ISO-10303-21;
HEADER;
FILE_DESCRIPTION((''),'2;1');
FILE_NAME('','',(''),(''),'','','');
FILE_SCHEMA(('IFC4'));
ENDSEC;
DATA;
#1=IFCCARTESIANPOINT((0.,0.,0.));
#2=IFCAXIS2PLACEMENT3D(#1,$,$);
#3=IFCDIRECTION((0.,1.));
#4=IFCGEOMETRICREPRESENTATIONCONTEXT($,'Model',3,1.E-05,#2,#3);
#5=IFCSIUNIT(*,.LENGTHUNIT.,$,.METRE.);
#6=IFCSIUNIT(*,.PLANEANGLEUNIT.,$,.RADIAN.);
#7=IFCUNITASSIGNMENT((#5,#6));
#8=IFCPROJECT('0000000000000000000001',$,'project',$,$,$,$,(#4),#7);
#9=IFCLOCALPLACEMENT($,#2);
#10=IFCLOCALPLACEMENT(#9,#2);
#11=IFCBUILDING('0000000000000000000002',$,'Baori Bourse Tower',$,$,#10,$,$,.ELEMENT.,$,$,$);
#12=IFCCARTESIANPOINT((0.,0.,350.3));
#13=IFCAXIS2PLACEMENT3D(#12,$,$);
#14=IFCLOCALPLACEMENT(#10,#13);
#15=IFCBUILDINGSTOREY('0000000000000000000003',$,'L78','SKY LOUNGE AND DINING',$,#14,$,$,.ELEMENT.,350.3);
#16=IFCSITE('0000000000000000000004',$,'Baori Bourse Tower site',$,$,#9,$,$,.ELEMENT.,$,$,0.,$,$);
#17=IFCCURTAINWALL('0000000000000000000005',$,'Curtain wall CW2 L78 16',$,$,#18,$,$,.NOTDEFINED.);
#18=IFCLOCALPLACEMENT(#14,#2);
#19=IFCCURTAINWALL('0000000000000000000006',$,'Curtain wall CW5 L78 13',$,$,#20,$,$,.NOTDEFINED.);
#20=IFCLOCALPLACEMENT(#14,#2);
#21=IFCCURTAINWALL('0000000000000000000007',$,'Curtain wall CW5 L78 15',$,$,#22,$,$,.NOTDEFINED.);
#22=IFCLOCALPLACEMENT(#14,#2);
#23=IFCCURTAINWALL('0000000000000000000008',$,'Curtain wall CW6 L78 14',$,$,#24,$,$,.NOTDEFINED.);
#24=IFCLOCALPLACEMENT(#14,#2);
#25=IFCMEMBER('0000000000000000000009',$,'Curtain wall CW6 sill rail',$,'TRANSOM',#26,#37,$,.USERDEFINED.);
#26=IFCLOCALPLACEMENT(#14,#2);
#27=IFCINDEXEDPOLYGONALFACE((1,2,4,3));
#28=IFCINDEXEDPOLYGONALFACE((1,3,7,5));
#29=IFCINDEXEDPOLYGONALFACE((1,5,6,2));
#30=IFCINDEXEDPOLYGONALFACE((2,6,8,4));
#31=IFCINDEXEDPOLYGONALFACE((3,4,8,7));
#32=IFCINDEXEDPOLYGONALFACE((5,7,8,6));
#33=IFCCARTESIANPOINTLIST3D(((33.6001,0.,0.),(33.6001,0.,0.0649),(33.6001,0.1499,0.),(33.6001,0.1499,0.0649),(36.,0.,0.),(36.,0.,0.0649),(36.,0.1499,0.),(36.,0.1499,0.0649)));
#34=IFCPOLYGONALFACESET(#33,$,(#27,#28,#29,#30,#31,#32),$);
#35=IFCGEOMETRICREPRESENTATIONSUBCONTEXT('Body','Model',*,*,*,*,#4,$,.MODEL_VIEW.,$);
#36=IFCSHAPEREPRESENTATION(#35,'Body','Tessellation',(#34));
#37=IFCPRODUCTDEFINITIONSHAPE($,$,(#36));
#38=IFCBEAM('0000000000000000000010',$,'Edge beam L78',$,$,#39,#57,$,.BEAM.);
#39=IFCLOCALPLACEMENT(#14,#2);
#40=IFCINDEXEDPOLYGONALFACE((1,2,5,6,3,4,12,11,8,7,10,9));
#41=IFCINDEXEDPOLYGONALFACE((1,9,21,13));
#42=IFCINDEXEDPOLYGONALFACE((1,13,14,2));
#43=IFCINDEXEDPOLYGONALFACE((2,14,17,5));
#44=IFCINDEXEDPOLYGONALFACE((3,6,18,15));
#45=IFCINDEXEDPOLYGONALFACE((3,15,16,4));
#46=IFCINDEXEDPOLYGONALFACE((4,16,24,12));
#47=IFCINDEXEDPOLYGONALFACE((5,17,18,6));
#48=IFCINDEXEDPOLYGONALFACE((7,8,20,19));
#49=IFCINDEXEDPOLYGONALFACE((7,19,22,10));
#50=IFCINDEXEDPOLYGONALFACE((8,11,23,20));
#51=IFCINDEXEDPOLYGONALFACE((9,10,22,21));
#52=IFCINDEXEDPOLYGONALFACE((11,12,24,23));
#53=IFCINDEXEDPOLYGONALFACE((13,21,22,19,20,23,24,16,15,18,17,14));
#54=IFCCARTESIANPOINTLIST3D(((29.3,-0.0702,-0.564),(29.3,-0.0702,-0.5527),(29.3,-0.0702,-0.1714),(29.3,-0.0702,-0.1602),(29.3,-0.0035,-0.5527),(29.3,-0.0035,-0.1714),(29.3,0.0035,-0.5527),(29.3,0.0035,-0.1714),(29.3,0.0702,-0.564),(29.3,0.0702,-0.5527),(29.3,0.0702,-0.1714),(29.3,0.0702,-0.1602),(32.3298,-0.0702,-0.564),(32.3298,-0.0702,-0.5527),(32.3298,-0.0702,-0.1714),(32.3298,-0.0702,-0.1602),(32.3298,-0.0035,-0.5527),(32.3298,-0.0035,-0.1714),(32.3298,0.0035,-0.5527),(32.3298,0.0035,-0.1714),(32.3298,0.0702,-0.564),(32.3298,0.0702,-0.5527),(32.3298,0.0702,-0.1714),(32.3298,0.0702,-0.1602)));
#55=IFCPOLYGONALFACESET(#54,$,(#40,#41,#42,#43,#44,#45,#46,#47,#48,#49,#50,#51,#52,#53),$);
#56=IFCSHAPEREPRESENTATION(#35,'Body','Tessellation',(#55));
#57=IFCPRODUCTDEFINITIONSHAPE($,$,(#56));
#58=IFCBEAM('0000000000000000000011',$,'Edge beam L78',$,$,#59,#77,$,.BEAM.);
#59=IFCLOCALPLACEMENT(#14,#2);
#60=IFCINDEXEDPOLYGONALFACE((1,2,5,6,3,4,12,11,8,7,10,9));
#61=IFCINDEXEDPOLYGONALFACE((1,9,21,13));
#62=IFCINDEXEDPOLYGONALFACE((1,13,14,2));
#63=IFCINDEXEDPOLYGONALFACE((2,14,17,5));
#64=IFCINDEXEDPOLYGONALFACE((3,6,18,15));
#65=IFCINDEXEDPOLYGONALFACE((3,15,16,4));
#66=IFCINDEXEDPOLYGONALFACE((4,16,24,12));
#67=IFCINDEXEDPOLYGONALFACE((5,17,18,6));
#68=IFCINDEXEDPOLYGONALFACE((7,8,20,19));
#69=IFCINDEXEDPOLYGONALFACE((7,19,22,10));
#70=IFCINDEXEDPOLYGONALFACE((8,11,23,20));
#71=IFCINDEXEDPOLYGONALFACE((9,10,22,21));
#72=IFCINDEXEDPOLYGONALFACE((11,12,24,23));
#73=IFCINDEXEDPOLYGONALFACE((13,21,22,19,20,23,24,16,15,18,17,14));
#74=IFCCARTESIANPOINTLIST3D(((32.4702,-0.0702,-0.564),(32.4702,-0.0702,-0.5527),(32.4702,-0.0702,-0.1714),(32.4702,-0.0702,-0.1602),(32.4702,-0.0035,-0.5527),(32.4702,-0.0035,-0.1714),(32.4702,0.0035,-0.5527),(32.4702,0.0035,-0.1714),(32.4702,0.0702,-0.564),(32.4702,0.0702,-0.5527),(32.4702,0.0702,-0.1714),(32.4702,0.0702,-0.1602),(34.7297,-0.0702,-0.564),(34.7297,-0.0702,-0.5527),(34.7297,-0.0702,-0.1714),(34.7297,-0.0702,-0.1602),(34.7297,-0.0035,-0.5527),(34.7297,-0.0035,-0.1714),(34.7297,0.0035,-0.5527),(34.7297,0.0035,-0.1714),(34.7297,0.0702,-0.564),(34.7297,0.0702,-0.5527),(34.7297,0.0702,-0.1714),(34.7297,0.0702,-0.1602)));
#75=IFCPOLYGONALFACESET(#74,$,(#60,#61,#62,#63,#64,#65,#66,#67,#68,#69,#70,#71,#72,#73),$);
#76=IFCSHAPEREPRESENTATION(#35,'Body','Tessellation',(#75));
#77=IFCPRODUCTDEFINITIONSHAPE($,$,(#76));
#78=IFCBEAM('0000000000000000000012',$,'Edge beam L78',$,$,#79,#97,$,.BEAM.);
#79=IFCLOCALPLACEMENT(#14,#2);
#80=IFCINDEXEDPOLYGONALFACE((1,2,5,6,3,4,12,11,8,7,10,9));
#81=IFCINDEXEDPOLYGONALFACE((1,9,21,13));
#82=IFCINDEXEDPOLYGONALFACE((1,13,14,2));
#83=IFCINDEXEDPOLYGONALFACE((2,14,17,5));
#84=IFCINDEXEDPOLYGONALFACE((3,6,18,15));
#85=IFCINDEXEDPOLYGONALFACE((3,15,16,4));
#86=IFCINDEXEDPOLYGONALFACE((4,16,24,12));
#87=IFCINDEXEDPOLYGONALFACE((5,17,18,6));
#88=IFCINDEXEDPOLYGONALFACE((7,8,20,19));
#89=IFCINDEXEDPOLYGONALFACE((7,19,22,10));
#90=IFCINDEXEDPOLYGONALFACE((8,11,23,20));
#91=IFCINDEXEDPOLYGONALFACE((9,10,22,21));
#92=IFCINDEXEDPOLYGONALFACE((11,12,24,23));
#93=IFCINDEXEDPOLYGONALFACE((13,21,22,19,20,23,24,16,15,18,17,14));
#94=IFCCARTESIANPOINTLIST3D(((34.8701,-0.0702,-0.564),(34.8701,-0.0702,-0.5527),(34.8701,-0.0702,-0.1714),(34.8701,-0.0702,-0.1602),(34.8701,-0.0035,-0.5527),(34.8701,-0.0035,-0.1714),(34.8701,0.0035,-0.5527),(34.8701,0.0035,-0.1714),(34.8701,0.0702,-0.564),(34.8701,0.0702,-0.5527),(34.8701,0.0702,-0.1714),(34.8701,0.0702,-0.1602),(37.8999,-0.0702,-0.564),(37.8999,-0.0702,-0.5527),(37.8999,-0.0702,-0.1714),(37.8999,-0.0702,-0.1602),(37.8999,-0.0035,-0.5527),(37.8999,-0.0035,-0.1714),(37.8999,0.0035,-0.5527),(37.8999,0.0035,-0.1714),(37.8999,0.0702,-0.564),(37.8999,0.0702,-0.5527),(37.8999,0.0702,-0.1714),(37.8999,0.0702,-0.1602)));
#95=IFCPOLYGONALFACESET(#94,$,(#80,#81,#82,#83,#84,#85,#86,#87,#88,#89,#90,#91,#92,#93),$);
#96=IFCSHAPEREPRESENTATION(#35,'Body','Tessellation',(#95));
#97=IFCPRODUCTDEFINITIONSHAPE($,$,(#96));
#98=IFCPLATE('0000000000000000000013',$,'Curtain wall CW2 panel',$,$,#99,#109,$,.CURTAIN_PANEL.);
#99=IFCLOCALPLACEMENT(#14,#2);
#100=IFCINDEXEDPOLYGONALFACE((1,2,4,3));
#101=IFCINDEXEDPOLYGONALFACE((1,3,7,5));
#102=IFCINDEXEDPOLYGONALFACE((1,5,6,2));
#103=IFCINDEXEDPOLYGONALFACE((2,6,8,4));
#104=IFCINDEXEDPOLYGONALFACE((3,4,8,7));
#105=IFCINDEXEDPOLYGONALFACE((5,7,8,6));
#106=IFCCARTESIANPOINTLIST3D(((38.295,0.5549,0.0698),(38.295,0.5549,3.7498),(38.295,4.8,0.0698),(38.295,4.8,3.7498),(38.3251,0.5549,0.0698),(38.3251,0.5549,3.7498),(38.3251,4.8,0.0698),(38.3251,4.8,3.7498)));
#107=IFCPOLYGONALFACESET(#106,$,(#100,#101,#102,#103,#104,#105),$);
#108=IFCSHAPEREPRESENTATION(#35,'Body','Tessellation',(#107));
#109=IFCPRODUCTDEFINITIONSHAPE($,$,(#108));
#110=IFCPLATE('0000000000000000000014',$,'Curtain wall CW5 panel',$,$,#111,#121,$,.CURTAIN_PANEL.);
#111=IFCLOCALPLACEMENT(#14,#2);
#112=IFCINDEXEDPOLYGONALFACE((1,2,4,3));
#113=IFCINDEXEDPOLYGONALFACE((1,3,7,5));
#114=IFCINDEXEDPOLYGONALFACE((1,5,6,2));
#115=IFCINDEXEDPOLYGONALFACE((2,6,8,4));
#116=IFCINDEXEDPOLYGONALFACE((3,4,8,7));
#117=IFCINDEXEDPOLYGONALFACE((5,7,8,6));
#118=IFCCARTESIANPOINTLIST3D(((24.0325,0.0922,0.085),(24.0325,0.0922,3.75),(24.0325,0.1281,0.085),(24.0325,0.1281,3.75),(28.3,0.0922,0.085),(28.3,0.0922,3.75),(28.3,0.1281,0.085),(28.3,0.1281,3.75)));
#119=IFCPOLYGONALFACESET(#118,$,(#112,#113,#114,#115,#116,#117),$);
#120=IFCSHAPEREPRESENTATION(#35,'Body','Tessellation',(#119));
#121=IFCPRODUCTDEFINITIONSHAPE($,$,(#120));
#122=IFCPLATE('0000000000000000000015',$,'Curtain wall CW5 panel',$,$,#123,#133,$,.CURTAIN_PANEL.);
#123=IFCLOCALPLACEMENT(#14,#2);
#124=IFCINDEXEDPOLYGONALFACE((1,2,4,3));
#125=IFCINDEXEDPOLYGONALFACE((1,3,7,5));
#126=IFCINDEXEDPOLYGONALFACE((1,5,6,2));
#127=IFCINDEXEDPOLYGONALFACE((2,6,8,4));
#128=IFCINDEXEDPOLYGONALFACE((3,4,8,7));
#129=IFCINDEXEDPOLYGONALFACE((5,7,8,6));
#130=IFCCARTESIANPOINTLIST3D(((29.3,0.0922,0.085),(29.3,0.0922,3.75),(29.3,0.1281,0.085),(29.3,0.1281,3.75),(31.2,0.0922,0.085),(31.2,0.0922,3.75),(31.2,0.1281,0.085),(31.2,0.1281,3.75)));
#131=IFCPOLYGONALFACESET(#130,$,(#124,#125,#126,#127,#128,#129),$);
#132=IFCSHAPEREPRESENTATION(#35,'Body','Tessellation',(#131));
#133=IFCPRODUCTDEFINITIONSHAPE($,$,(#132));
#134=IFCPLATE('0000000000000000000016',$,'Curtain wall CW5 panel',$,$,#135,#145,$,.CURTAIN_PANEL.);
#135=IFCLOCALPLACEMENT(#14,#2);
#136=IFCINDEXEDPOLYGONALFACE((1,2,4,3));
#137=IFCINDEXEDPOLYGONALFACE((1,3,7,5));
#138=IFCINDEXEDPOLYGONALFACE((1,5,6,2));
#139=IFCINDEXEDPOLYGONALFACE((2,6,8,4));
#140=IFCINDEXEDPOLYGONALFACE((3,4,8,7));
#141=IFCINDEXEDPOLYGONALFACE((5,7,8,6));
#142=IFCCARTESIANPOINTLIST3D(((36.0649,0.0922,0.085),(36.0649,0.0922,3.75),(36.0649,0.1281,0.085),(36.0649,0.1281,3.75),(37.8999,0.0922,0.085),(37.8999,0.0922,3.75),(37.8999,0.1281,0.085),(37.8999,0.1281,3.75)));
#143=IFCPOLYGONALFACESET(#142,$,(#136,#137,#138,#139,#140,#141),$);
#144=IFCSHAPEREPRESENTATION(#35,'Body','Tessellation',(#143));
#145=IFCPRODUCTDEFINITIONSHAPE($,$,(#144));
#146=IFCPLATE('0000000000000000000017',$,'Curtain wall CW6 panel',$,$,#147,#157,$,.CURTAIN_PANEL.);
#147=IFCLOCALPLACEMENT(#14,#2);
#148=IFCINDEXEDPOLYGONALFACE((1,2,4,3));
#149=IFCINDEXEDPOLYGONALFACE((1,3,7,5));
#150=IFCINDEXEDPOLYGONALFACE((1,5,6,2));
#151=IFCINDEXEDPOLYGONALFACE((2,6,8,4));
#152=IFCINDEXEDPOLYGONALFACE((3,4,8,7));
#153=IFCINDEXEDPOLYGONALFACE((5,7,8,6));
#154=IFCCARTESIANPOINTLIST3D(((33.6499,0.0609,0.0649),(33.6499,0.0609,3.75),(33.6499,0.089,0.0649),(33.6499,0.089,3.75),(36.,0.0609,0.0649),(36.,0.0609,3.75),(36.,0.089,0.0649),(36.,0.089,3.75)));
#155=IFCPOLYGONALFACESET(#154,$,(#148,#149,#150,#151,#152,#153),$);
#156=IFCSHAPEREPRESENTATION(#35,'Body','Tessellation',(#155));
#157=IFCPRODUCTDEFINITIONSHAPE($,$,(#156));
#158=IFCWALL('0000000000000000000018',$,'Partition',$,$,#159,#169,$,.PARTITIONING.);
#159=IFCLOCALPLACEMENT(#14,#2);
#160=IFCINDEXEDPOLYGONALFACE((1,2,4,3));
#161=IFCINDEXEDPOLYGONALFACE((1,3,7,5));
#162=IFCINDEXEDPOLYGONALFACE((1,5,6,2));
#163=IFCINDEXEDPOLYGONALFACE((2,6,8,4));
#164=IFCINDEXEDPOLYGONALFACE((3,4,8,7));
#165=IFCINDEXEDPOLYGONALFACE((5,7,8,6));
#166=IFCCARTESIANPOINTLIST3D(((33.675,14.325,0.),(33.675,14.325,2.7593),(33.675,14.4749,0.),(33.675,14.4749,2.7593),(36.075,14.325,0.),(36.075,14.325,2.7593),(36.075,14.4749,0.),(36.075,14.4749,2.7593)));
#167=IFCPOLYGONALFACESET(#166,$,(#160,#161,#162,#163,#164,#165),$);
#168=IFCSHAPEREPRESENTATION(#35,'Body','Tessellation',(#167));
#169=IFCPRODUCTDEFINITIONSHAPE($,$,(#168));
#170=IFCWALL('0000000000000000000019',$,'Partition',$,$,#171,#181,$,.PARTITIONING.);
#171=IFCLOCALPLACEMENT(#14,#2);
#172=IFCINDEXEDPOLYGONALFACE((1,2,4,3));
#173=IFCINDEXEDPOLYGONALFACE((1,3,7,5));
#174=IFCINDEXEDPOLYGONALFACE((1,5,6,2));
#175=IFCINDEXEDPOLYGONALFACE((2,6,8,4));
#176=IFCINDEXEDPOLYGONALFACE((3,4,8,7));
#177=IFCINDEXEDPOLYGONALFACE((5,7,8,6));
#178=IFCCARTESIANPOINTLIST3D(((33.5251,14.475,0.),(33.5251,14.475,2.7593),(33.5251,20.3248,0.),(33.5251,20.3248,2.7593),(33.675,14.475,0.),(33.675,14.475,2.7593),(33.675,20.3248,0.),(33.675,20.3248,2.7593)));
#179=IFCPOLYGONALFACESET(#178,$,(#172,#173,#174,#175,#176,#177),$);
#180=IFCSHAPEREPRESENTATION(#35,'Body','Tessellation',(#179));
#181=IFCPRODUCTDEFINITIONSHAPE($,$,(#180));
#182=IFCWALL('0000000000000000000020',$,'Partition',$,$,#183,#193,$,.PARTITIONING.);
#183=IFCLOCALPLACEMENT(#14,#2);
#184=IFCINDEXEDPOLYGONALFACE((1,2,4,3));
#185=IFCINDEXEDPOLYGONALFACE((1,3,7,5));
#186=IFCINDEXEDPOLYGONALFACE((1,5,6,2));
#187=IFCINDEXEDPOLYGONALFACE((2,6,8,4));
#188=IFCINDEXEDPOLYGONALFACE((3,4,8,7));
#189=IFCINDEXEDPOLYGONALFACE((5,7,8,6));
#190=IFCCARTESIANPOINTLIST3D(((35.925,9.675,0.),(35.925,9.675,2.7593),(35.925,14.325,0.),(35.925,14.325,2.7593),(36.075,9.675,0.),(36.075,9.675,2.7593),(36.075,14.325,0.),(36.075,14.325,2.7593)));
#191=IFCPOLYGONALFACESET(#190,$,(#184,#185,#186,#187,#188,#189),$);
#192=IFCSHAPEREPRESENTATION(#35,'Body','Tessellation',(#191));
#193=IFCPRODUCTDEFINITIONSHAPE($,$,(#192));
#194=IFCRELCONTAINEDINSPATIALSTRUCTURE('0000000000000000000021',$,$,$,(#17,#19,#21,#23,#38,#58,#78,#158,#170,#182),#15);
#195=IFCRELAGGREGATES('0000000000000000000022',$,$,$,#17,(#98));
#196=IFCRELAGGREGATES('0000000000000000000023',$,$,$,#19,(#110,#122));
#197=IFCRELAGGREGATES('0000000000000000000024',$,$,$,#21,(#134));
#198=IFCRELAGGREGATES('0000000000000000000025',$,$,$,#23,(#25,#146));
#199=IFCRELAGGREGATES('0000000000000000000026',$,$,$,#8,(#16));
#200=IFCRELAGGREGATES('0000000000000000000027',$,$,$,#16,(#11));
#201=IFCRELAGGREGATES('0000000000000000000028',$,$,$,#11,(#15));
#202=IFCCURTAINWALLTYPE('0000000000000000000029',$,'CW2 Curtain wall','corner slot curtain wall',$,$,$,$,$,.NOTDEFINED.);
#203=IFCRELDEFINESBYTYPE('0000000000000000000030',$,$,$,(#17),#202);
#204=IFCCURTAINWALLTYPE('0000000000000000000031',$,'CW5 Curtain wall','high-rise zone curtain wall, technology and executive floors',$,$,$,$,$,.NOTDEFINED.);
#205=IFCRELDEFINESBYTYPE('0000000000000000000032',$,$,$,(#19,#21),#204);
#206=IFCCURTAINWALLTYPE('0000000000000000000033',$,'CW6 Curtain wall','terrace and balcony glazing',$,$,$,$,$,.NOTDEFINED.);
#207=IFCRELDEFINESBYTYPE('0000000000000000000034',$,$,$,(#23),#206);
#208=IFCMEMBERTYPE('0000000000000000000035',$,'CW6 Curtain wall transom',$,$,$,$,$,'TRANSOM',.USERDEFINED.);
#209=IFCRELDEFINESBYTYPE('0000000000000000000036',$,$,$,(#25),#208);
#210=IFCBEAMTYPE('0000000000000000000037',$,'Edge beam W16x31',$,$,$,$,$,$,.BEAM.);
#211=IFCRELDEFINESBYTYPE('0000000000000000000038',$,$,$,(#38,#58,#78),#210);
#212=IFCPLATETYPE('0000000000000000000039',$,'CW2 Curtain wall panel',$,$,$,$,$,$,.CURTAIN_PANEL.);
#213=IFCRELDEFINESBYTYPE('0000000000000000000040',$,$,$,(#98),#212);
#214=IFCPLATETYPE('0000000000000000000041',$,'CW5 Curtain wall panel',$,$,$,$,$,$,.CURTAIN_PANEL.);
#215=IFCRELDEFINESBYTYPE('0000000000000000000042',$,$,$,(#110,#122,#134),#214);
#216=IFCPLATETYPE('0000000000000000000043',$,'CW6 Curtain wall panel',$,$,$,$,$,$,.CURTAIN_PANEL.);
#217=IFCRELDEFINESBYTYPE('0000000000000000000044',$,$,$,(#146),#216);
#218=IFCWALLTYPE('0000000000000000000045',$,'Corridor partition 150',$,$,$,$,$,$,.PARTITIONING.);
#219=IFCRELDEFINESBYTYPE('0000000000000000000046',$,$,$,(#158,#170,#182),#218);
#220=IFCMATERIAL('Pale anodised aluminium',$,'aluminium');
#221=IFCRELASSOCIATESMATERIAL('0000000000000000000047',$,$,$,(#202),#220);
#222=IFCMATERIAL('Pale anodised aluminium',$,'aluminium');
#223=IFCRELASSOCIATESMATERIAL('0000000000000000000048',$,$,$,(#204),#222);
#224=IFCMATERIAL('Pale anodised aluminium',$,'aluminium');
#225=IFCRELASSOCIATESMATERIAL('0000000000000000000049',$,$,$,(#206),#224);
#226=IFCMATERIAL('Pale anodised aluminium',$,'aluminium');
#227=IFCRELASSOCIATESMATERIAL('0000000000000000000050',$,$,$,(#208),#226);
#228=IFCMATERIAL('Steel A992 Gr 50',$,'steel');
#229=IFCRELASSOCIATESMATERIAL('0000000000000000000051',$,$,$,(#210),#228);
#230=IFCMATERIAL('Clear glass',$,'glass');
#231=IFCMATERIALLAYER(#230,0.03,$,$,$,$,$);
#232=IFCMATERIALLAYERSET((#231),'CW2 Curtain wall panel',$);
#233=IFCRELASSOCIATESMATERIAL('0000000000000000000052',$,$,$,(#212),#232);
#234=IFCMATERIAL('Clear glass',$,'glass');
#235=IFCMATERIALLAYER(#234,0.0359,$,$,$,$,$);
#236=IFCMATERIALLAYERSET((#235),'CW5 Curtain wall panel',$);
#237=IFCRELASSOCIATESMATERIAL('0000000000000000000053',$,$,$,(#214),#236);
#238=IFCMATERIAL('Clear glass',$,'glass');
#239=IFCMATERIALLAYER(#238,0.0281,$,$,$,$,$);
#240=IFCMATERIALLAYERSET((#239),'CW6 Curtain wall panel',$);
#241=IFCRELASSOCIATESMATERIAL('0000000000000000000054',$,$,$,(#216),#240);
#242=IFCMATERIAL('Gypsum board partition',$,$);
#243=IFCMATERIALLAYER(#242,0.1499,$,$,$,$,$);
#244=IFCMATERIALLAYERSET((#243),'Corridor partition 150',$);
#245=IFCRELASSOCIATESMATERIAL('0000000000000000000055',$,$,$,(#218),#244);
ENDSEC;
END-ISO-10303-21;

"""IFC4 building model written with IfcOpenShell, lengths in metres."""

from ifc_helpers import new_model, si_unit, direction, frame, frame_2d, origin, origin_2d, place, context, subcontext, project, spatial, rectangle, i_section, extrude, material, layer, layer_set, material_profile, profile_set, type_object, element, aggregate, save


model = new_model("IFC4")

# Units and contexts
model_context = context("Model", 3, precision=1e-05, world=origin(), true_north=direction((0.0, 1.0)))
body_context = subcontext(model_context, "Body", "Model", "MODEL_VIEW")
ifc_project = project(units=[si_unit("LENGTHUNIT", "METRE"), si_unit("PLANEANGLEUNIT", "RADIAN")], contexts=[model_context])

# Site, building, storey
site_placement = place(None, origin())
site = spatial("IfcSite", under=ifc_project, at=site_placement, Name="Baori Bourse Tower site", CompositionType="ELEMENT", RefElevation=0.0)
building_placement = place(site_placement, origin())
building = spatial("IfcBuilding", under=site, at=building_placement, Name="Baori Bourse Tower", CompositionType="ELEMENT")
storey_placement = place(building_placement, frame((0.0, 0.0, 350.3)))
storey = spatial("IfcBuildingStorey", under=building, at=storey_placement, Name="L78", Description="SKY LOUNGE AND DINING", CompositionType="ELEMENT", Elevation=350.3)

# Curtain wall
ifc_material_1 = material(Name="Pale anodised aluminium", Category="aluminium")
curtain_wall_type_1 = type_object("IfcCurtainWallType", Name="CW2 Curtain wall", Description="corner slot curtain wall", PredefinedType="NOTDEFINED", material=ifc_material_1)
curtain_wall_1_placement = place(storey_placement, origin())
curtain_wall_1 = element("IfcCurtainWall", 1, at=curtain_wall_1_placement, inside=storey, type_object=curtain_wall_type_1, Name="Curtain wall CW2 L78 16", PredefinedType="NOTDEFINED")

# Curtain walls
ifc_material_2 = material(Name="Pale anodised aluminium", Category="aluminium")
curtain_wall_type_2 = type_object("IfcCurtainWallType", Name="CW5 Curtain wall", Description="high-rise zone curtain wall, technology and executive floors", PredefinedType="NOTDEFINED", material=ifc_material_2)
curtain_wall_2_placement = place(storey_placement, origin())
curtain_wall_2 = element("IfcCurtainWall", 2, at=curtain_wall_2_placement, inside=storey, type_object=curtain_wall_type_2, Name="Curtain wall CW5 L78 13", PredefinedType="NOTDEFINED")
curtain_wall_3_placement = place(storey_placement, origin())
curtain_wall_3 = element("IfcCurtainWall", 3, at=curtain_wall_3_placement, inside=storey, type_object=curtain_wall_type_2, Name="Curtain wall CW5 L78 15", PredefinedType="NOTDEFINED")

# Curtain wall, member
ifc_material_3 = material(Name="Pale anodised aluminium", Category="aluminium")
curtain_wall_type_3 = type_object("IfcCurtainWallType", Name="CW6 Curtain wall", Description="terrace and balcony glazing", PredefinedType="NOTDEFINED", material=ifc_material_3)
curtain_wall_4_placement = place(storey_placement, origin())
curtain_wall_4 = element("IfcCurtainWall", 4, at=curtain_wall_4_placement, inside=storey, type_object=curtain_wall_type_3, Name="Curtain wall CW6 L78 14", PredefinedType="NOTDEFINED")
ifc_material_4 = material(Name="Pale anodised aluminium", Category="aluminium")
ifc_material_profile_1 = material_profile(ifc_material_4, rectangle(XDim=0.1499, YDim=0.0649, at=origin_2d()), Name="Transom 65x150")
ifc_profile_set_1 = profile_set([ifc_material_profile_1], Name="Pale anodised aluminium")
member_type_1 = type_object("IfcMemberType", Name="CW6 Curtain wall transom", ElementType="TRANSOM", PredefinedType="USERDEFINED", material=ifc_profile_set_1)
member_1_placement = place(storey_placement, frame((33.6001, 0.075, 0.0325), z_axis=(1.0, 0.0, 0.0), x_axis=(0.0, 1.0, 0.0)))
member_1 = element("IfcMember", 5, at=member_1_placement, type_object=member_type_1, Name="Curtain wall CW6 sill rail", ObjectType="TRANSOM", PredefinedType="USERDEFINED", context=body_context, shape_type="SweptSolid", body=[
    extrude(rectangle(XDim=0.1499, YDim=0.0649, at=origin_2d()), origin(), (0.0, 0.0, 1.0), 2.3999),
])

# Beams
ifc_material_5 = material(Name="Steel A992 Gr 50", Category="steel")
ifc_material_profile_2 = material_profile(ifc_material_5, i_section(OverallWidth=0.1404, OverallDepth=0.4038, WebThickness=0.0071, FlangeThickness=0.0112, at=origin_2d()), Name="W16x31")
ifc_profile_set_2 = profile_set([ifc_material_profile_2], Name="Steel A992 Gr 50")
beam_type_1 = type_object("IfcBeamType", Name="Edge beam W16x31", PredefinedType="BEAM", material=ifc_profile_set_2)
beam_1_placement = place(storey_placement, frame((29.3, 0.0, -0.3621), z_axis=(1.0, 0.0, 0.0), x_axis=(0.0, 1.0, 0.0)))
element("IfcBeam", 6, at=beam_1_placement, inside=storey, type_object=beam_type_1, Name="Edge beam L78", PredefinedType="BEAM", context=body_context, shape_type="SweptSolid", body=[
    extrude(i_section(OverallWidth=0.1404, OverallDepth=0.4038, WebThickness=0.0071, FlangeThickness=0.0112, at=origin_2d()), origin(), (0.0, 0.0, 1.0), 3.0298),
])
beam_2_placement = place(storey_placement, frame((32.4702, 0.0, -0.3621), z_axis=(1.0, 0.0, 0.0), x_axis=(0.0, 1.0, 0.0)))
element("IfcBeam", 7, at=beam_2_placement, inside=storey, type_object=beam_type_1, Name="Edge beam L78", PredefinedType="BEAM", context=body_context, shape_type="SweptSolid", body=[
    extrude(i_section(OverallWidth=0.1404, OverallDepth=0.4038, WebThickness=0.0071, FlangeThickness=0.0112, at=origin_2d()), origin(), (0.0, 0.0, 1.0), 2.2595),
])
beam_3_placement = place(storey_placement, frame((34.8701, 0.0, -0.3621), z_axis=(1.0, 0.0, 0.0), x_axis=(0.0, 1.0, 0.0)))
element("IfcBeam", 8, at=beam_3_placement, inside=storey, type_object=beam_type_1, Name="Edge beam L78", PredefinedType="BEAM", context=body_context, shape_type="SweptSolid", body=[
    extrude(i_section(OverallWidth=0.1404, OverallDepth=0.4038, WebThickness=0.0071, FlangeThickness=0.0112, at=origin_2d()), origin(), (0.0, 0.0, 1.0), 3.0298),
])

# Plates
ifc_material_6 = material(Name="Clear glass", Category="glass")
ifc_layer_1 = layer(ifc_material_6, 0.03)
ifc_layer_set_1 = layer_set([ifc_layer_1], Name="CW2 Curtain wall panel")
plate_type_1 = type_object("IfcPlateType", Name="CW2 Curtain wall panel", PredefinedType="CURTAIN_PANEL", material=ifc_layer_set_1)
plate_1_placement = place(storey_placement, frame((38.3101, 2.6775, 0.0698), z_axis=(0.0, 0.0, 1.0), x_axis=(0.0, 1.0, 0.0)))
plate_1 = element("IfcPlate", 9, at=plate_1_placement, type_object=plate_type_1, Name="Curtain wall CW2 panel", PredefinedType="CURTAIN_PANEL", context=body_context, shape_type="SweptSolid", body=[
    extrude(rectangle(XDim=4.2451, YDim=0.03, at=origin_2d()), origin(), (0.0, 0.0, 1.0), 3.6799),
])
aggregate(curtain_wall_1, [plate_1])
ifc_material_7 = material(Name="Clear glass", Category="glass")
ifc_layer_2 = layer(ifc_material_7, 0.0359)
ifc_layer_set_2 = layer_set([ifc_layer_2], Name="CW5 Curtain wall panel")
plate_type_2 = type_object("IfcPlateType", Name="CW5 Curtain wall panel", PredefinedType="CURTAIN_PANEL", material=ifc_layer_set_2)
plate_2_placement = place(storey_placement, frame((26.1663, 0.1101, 0.085), z_axis=(0.0, 0.0, 1.0), x_axis=(1.0, 0.0, 0.0)))
plate_2 = element("IfcPlate", 10, at=plate_2_placement, type_object=plate_type_2, Name="Curtain wall CW5 panel", PredefinedType="CURTAIN_PANEL", context=body_context, shape_type="SweptSolid", body=[
    extrude(rectangle(XDim=4.2676, YDim=0.0359, at=origin_2d()), origin(), (0.0, 0.0, 1.0), 3.665),
])
plate_3_placement = place(storey_placement, frame((30.25, 0.1101, 0.085), z_axis=(0.0, 0.0, 1.0), x_axis=(1.0, 0.0, 0.0)))
plate_3 = element("IfcPlate", 11, at=plate_3_placement, type_object=plate_type_2, Name="Curtain wall CW5 panel", PredefinedType="CURTAIN_PANEL", context=body_context, shape_type="SweptSolid", body=[
    extrude(rectangle(XDim=1.8999, YDim=0.0359, at=origin_2d()), origin(), (0.0, 0.0, 1.0), 3.665),
])
aggregate(curtain_wall_2, [plate_2, plate_3])
plate_4_placement = place(storey_placement, frame((36.9824, 0.1101, 0.085), z_axis=(0.0, 0.0, 1.0), x_axis=(1.0, 0.0, 0.0)))
plate_4 = element("IfcPlate", 12, at=plate_4_placement, type_object=plate_type_2, Name="Curtain wall CW5 panel", PredefinedType="CURTAIN_PANEL", context=body_context, shape_type="SweptSolid", body=[
    extrude(rectangle(XDim=1.835, YDim=0.0359, at=origin_2d()), origin(), (0.0, 0.0, 1.0), 3.665),
])
aggregate(curtain_wall_3, [plate_4])
ifc_material_8 = material(Name="Clear glass", Category="glass")
ifc_layer_3 = layer(ifc_material_8, 0.0281)
ifc_layer_set_3 = layer_set([ifc_layer_3], Name="CW6 Curtain wall panel")
plate_type_3 = type_object("IfcPlateType", Name="CW6 Curtain wall panel", PredefinedType="CURTAIN_PANEL", material=ifc_layer_set_3)
plate_5_placement = place(storey_placement, frame((34.825, 0.075, 0.0649), z_axis=(0.0, 0.0, 1.0), x_axis=(1.0, 0.0, 0.0)))
plate_5 = element("IfcPlate", 13, at=plate_5_placement, type_object=plate_type_3, Name="Curtain wall CW6 panel", PredefinedType="CURTAIN_PANEL", context=body_context, shape_type="SweptSolid", body=[
    extrude(rectangle(XDim=2.3501, YDim=0.0281, at=origin_2d()), origin(), (0.0, 0.0, 1.0), 3.6851),
])
aggregate(curtain_wall_4, [member_1, plate_5])

# Walls
ifc_material_9 = material(Name="Gypsum board partition")
ifc_layer_4 = layer(ifc_material_9, 0.1499)
ifc_layer_set_4 = layer_set([ifc_layer_4], Name="Corridor partition 150")
wall_type_1 = type_object("IfcWallType", Name="Corridor partition 150", PredefinedType="PARTITIONING", material=ifc_layer_set_4)
wall_1_placement = place(storey_placement, frame((33.675, 14.3999, 0.0), z_axis=(0.0, 0.0, 1.0), x_axis=(1.0, 0.0, 0.0)))
element("IfcWall", 14, at=wall_1_placement, inside=storey, type_object=wall_type_1, Name="Partition", PredefinedType="PARTITIONING", context=body_context, shape_type="SweptSolid", body=[
    extrude(rectangle(XDim=2.3999, YDim=0.1499, at=frame_2d((1.2, 0.0))), origin(), (0.0, 0.0, 1.0), 2.7593),
])
wall_2_placement = place(storey_placement, frame((33.6001, 14.4751, 0.0), z_axis=(0.0, 0.0, 1.0), x_axis=(0.0, 1.0, 0.0)))
element("IfcWall", 15, at=wall_2_placement, inside=storey, type_object=wall_type_1, Name="Partition", PredefinedType="PARTITIONING", context=body_context, shape_type="SweptSolid", body=[
    extrude(rectangle(XDim=5.8499, YDim=0.1499, at=frame_2d((2.9248, 0.0))), origin(), (0.0, 0.0, 1.0), 2.7593),
])
wall_3_placement = place(storey_placement, frame((36.0, 9.675, 0.0), z_axis=(0.0, 0.0, 1.0), x_axis=(0.0, 1.0, 0.0)))
element("IfcWall", 16, at=wall_3_placement, inside=storey, type_object=wall_type_1, Name="Partition", PredefinedType="PARTITIONING", context=body_context, shape_type="SweptSolid", body=[
    extrude(rectangle(XDim=4.6499, YDim=0.1499, at=frame_2d((2.325, 0.0))), origin(), (0.0, 0.0, 1.0), 2.7593),
])

save(model, "model.ifc")
